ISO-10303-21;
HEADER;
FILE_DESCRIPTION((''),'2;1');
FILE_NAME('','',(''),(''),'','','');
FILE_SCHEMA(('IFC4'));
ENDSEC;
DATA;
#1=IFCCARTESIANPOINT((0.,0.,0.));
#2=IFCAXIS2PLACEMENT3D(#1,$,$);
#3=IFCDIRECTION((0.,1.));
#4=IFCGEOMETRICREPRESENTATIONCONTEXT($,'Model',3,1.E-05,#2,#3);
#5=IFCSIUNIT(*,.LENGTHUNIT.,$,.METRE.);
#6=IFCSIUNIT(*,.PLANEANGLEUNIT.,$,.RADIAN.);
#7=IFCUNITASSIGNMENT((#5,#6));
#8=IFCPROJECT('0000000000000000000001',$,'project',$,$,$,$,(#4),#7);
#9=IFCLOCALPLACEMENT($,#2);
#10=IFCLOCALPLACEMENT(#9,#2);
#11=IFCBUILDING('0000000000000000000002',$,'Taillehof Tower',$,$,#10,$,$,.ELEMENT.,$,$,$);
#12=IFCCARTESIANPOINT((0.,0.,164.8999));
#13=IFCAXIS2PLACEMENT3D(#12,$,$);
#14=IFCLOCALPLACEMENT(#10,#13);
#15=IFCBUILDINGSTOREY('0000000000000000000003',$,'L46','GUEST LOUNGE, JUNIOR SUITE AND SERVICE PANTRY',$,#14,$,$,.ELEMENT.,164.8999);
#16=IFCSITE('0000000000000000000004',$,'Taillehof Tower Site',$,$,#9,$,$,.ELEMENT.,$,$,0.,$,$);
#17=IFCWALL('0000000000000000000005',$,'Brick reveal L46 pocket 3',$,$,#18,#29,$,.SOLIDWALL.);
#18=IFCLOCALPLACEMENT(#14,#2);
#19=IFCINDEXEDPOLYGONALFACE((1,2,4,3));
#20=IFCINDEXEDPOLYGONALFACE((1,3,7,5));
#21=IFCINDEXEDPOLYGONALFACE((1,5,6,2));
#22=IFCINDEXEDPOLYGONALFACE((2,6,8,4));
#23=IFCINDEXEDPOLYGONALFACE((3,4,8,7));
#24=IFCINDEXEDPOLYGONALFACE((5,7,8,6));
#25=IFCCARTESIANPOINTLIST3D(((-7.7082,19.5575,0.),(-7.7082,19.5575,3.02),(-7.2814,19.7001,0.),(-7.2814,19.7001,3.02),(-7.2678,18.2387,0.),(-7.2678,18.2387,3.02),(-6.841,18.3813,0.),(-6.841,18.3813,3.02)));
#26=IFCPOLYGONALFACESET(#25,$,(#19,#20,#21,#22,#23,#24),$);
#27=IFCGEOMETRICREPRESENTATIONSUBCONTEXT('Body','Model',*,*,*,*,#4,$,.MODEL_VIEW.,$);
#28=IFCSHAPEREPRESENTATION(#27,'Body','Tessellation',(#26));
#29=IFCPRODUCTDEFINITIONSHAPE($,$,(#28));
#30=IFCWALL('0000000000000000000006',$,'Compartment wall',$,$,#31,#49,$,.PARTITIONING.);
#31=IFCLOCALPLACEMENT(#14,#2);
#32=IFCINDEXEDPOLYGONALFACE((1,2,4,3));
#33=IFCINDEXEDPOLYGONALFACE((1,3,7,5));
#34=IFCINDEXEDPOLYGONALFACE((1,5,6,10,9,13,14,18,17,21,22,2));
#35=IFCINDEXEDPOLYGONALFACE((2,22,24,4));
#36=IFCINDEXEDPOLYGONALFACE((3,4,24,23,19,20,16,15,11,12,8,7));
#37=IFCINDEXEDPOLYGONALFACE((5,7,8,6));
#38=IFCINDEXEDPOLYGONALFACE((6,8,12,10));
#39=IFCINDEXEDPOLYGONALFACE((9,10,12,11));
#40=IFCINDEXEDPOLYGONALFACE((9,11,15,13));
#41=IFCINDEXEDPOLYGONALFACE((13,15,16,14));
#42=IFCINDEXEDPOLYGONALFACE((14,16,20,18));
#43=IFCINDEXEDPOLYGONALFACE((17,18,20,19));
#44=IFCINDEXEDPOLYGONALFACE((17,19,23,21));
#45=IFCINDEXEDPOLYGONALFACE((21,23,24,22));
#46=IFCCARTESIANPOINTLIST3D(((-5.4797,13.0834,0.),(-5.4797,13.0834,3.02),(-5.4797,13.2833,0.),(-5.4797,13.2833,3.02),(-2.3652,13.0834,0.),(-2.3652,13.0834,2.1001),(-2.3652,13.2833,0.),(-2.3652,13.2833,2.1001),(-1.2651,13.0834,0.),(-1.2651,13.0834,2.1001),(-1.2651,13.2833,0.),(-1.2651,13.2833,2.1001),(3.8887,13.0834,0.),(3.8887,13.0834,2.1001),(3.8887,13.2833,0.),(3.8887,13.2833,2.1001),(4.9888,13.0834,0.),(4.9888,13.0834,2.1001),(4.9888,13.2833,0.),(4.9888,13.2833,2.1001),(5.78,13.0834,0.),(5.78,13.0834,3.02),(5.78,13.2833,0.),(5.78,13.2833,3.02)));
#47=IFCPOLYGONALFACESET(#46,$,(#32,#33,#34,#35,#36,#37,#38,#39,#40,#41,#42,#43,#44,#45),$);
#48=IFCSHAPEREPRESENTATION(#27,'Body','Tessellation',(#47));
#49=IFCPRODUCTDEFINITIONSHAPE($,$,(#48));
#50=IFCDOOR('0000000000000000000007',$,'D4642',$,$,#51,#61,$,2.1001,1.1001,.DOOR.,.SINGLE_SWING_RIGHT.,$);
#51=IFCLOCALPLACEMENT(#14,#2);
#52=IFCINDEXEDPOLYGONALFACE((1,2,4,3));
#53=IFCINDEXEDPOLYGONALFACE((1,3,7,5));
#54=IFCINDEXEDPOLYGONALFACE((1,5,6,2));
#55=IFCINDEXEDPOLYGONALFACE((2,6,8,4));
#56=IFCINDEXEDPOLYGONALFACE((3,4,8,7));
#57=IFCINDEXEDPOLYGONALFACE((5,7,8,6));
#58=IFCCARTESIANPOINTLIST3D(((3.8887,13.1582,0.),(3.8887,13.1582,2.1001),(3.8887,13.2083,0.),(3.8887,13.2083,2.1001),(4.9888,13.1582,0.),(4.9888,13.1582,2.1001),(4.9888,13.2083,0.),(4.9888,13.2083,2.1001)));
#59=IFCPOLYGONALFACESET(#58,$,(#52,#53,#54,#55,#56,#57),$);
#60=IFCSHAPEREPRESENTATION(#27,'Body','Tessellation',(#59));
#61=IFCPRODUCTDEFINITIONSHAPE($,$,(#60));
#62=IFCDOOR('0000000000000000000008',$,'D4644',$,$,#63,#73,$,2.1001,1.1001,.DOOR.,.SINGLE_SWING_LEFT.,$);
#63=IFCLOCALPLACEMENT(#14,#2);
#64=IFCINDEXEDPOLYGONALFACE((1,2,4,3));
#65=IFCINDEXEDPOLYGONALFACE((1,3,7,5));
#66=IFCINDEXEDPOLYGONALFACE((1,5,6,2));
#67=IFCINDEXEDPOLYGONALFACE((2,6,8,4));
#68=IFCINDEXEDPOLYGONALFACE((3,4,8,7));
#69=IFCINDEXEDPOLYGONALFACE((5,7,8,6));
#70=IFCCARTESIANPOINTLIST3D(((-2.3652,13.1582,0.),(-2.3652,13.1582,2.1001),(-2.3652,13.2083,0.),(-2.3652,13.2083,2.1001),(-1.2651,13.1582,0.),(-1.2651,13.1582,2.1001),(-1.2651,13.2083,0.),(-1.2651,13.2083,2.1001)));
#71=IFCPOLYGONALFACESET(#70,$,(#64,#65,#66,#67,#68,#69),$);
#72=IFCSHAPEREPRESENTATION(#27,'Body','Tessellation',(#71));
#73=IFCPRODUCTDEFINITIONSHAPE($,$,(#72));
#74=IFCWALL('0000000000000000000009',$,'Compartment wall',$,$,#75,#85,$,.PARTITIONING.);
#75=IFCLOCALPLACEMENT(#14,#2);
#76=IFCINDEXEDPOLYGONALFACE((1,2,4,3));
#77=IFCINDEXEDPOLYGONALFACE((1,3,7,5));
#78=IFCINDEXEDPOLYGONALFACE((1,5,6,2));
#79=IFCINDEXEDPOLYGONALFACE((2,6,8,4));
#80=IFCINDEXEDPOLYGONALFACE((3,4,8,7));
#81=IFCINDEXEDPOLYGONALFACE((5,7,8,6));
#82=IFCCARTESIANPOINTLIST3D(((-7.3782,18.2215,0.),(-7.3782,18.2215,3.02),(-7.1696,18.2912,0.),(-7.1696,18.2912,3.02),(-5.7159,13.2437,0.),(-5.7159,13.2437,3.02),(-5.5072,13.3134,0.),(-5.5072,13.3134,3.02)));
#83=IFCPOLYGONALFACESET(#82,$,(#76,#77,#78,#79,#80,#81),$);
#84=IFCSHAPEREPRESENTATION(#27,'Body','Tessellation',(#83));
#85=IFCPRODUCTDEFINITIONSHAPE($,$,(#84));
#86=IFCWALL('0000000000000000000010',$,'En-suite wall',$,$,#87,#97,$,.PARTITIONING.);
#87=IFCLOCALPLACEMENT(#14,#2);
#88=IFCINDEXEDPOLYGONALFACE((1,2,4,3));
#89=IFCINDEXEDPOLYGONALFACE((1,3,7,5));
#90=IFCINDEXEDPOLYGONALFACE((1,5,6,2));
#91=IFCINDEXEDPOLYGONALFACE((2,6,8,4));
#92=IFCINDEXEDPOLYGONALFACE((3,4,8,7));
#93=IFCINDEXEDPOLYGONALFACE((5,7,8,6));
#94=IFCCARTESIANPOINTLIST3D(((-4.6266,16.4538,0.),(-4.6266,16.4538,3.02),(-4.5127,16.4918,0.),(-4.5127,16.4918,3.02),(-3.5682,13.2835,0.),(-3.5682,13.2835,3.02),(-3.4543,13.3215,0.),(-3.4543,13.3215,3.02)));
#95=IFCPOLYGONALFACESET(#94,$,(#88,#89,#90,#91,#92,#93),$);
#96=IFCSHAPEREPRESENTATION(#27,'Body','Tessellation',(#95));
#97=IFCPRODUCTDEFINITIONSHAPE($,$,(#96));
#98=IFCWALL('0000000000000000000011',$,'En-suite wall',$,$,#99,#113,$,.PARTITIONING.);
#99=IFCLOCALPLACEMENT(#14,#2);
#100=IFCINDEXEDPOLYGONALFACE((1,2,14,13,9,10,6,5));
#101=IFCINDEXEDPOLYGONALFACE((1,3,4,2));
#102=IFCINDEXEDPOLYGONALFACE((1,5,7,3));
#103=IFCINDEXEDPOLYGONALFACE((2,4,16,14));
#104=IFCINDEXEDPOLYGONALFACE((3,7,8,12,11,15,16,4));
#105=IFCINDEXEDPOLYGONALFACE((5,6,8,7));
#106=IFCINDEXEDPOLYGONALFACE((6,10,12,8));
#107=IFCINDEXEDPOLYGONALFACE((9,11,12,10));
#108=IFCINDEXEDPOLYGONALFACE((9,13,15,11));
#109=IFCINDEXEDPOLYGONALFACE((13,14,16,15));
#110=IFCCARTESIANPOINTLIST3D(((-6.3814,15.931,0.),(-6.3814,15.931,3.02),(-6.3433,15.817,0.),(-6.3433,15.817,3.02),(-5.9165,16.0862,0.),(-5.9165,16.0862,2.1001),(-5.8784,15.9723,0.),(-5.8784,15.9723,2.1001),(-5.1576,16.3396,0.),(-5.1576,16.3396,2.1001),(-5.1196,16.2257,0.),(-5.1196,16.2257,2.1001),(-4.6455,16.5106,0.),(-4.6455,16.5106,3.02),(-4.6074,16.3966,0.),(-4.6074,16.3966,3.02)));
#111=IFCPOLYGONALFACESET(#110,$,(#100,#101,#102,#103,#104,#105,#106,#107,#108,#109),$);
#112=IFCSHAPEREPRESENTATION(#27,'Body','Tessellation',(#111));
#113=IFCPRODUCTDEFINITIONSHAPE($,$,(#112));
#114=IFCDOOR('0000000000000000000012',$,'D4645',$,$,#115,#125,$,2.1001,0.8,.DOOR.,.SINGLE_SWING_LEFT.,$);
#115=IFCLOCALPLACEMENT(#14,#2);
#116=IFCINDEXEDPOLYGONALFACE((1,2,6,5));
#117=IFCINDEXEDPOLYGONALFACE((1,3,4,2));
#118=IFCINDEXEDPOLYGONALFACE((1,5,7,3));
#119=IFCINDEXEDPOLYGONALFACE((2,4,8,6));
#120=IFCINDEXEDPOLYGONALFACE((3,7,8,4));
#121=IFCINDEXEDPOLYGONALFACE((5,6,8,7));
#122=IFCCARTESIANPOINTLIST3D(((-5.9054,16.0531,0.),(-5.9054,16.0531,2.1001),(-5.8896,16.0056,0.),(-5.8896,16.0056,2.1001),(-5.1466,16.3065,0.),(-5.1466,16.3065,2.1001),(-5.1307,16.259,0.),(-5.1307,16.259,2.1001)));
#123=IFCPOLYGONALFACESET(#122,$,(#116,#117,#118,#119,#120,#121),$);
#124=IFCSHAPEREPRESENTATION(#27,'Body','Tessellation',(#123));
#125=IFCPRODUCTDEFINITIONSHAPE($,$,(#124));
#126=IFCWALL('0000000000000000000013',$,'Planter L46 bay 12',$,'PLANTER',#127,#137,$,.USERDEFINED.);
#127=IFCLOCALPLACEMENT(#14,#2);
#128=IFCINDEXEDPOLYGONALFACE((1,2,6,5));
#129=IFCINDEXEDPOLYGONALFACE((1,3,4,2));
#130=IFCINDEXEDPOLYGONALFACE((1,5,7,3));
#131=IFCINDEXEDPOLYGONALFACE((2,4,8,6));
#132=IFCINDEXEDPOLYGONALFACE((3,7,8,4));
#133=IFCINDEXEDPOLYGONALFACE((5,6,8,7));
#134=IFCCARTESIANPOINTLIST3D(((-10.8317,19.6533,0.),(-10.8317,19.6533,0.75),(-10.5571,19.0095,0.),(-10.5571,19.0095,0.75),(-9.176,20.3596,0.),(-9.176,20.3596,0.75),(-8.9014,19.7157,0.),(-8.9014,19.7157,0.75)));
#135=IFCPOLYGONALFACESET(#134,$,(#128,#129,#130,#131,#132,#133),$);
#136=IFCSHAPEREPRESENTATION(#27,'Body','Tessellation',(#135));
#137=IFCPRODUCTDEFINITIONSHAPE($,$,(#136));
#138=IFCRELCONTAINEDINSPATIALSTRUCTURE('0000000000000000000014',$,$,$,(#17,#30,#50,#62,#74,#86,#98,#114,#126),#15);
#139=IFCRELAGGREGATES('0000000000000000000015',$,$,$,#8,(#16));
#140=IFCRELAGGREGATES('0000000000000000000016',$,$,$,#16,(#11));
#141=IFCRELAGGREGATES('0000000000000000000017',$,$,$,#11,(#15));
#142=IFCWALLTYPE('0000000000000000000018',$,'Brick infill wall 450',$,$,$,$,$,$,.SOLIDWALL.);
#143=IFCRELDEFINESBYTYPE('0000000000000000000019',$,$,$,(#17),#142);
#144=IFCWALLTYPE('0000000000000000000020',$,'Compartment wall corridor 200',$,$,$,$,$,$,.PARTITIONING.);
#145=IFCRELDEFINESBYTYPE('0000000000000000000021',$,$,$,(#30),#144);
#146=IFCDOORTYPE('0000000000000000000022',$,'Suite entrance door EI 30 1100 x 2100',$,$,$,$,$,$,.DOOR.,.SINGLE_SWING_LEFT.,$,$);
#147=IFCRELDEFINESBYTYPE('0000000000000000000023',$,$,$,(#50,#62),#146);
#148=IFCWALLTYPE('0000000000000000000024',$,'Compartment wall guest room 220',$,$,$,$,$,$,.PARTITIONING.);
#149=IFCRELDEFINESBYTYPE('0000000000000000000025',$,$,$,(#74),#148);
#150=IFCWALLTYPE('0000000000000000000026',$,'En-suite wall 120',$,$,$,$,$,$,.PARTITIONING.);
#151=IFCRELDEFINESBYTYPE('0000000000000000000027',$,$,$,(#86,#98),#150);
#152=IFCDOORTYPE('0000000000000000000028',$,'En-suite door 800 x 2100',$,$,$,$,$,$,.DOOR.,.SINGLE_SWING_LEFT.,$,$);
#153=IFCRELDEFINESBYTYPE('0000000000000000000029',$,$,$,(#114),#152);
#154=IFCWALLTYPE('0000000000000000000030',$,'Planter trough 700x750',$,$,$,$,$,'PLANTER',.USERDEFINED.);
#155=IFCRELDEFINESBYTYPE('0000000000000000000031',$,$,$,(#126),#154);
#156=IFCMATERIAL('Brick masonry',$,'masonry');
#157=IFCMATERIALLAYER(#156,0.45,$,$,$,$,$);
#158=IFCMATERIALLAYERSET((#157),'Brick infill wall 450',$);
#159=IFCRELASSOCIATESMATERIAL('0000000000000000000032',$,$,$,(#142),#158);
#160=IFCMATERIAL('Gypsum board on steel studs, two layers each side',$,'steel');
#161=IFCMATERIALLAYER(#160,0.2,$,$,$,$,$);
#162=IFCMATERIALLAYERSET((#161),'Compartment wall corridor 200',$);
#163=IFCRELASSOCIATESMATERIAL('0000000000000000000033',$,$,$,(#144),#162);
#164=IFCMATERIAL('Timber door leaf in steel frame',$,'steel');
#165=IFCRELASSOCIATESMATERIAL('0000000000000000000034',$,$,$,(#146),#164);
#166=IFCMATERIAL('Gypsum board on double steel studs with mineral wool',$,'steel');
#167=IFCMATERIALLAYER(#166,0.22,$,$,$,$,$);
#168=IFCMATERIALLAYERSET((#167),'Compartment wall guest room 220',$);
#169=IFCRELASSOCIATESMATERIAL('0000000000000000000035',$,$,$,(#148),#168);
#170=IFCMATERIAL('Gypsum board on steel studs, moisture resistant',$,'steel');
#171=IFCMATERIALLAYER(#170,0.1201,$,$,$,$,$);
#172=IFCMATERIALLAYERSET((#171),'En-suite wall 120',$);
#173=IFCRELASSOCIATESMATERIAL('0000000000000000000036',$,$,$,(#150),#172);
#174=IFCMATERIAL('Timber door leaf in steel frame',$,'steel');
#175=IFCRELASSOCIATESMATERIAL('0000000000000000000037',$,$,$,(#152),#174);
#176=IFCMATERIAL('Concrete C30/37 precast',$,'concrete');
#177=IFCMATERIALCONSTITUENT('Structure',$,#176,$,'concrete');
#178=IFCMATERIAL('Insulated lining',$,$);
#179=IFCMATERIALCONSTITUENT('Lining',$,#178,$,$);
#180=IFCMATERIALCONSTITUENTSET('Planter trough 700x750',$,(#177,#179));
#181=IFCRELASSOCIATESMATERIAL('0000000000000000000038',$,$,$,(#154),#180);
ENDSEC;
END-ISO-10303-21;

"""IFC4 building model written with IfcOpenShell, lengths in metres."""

from ifc_helpers import new_model, si_unit, direction, frame, frame_2d, origin, place, context, subcontext, project, spatial, rectangle, extrude, material, layer, layer_set, constituent, constituent_set, type_object, element, fill, save


model = new_model("IFC4")

# Units and contexts
model_context = context("Model", 3, precision=1e-05, world=origin(), true_north=direction((0.0, 1.0)))
body_context = subcontext(model_context, "Body", "Model", "MODEL_VIEW")
ifc_project = project(units=[si_unit("LENGTHUNIT", "METRE"), si_unit("PLANEANGLEUNIT", "RADIAN")], contexts=[model_context])

# Site, building, storey
site_placement = place(None, origin())
site = spatial("IfcSite", under=ifc_project, at=site_placement, Name="Taillehof Tower Site", CompositionType="ELEMENT", RefElevation=0.0)
building_placement = place(site_placement, origin())
building = spatial("IfcBuilding", under=site, at=building_placement, Name="Taillehof Tower", CompositionType="ELEMENT")
storey_placement = place(building_placement, frame((0.0, 0.0, 164.8999)))
storey = spatial("IfcBuildingStorey", under=building, at=storey_placement, Name="L46", Description="GUEST LOUNGE, JUNIOR SUITE AND SERVICE PANTRY", CompositionType="ELEMENT", Elevation=164.8999)

# Shared definitions
ifc_material_1 = material(Name="Brick masonry", Category="masonry")
ifc_layer_1 = layer(ifc_material_1, 0.45)
ifc_layer_set_1 = layer_set([ifc_layer_1], Name="Brick infill wall 450")
wall_type_1 = type_object("IfcWallType", Name="Brick infill wall 450", PredefinedType="SOLIDWALL", material=ifc_layer_set_1)

# Wall
wall_1_placement = place(storey_placement, frame((-7.4949, 19.6289, 0.0), z_axis=(0.0, 0.0, 1.0), x_axis=(0.316754, -0.948508, 0.0)))
element("IfcWall", 1, at=wall_1_placement, inside=storey, type_object=wall_type_1, Name="Brick reveal L46 pocket 3", PredefinedType="SOLIDWALL", context=body_context, shape_type="SweptSolid", body=[
    extrude(rectangle(XDim=1.3904, YDim=0.45, at=frame_2d((0.6953, 0.0))), origin(), (0.0, 0.0, 1.0), 3.02),
])

# Wall, openings, doors
ifc_material_2 = material(Name="Gypsum board on steel studs, two layers each side", Category="steel")
ifc_layer_2 = layer(ifc_material_2, 0.2)
ifc_layer_set_2 = layer_set([ifc_layer_2], Name="Compartment wall corridor 200")
wall_type_2 = type_object("IfcWallType", Name="Compartment wall corridor 200", PredefinedType="PARTITIONING", material=ifc_layer_set_2)
wall_2_placement = place(storey_placement, frame((-5.4797, 13.1833, 0.0), z_axis=(0.0, 0.0, 1.0), x_axis=(1.0, 0.0, 0.0)))
wall_2 = element("IfcWall", 2, at=wall_2_placement, inside=storey, type_object=wall_type_2, Name="Compartment wall", PredefinedType="PARTITIONING", context=body_context, shape_type="SweptSolid", body=[
    extrude(rectangle(XDim=11.2598, YDim=0.2, at=frame_2d((5.6299, 0.0))), origin(), (0.0, 0.0, 1.0), 3.02),
])
opening_1_placement = place(wall_2_placement, frame((9.3684, 0.0, 0.0)))
opening_1 = element("IfcOpeningElement", 3, at=opening_1_placement, cuts=wall_2, PredefinedType="OPENING", context=body_context, shape_type="SweptSolid", body=[
    extrude(rectangle(XDim=1.1001, YDim=2.1001, at=frame_2d((0.55, 1.05))), frame((0.0, 0.1099, 0.0), z_axis=(0.0, -1.0, 0.0), x_axis=(1.0, 0.0, 0.0)), (0.0, 0.0, 1.0), 0.22),
])
opening_2_placement = place(wall_2_placement, frame((3.1145, 0.0, 0.0)))
opening_2 = element("IfcOpeningElement", 4, at=opening_2_placement, cuts=wall_2, PredefinedType="OPENING", context=body_context, shape_type="SweptSolid", body=[
    extrude(rectangle(XDim=1.1001, YDim=2.1001, at=frame_2d((0.55, 1.05))), frame((0.0, 0.1099, 0.0), z_axis=(0.0, -1.0, 0.0), x_axis=(1.0, 0.0, 0.0)), (0.0, 0.0, 1.0), 0.22),
])
ifc_material_3 = material(Name="Timber door leaf in steel frame", Category="steel")
door_type_1 = type_object("IfcDoorType", Name="Suite entrance door EI 30 1100 x 2100", OperationType="SINGLE_SWING_LEFT", PredefinedType="DOOR", material=ifc_material_3)
door_1_placement = place(opening_1_placement, origin())
door_1 = element("IfcDoor", 5, at=door_1_placement, inside=storey, type_object=door_type_1, Name="D4642", OperationType="SINGLE_SWING_RIGHT", OverallHeight=2.1001, OverallWidth=1.1001, PredefinedType="DOOR", context=body_context, shape_type="SweptSolid", body=[
    extrude(rectangle(XDim=1.1001, YDim=2.1001, at=frame_2d((0.55, 1.05))), frame((0.0, 0.0249, 0.0), z_axis=(0.0, -1.0, 0.0), x_axis=(1.0, 0.0, 0.0)), (0.0, 0.0, 1.0), 0.05),
])
fill(opening_1, door_1)
door_2_placement = place(opening_2_placement, origin())
door_2 = element("IfcDoor", 6, at=door_2_placement, inside=storey, type_object=door_type_1, Name="D4644", OperationType="SINGLE_SWING_LEFT", OverallHeight=2.1001, OverallWidth=1.1001, PredefinedType="DOOR", context=body_context, shape_type="SweptSolid", body=[
    extrude(rectangle(XDim=1.1001, YDim=2.1001, at=frame_2d((0.55, 1.05))), frame((0.0, 0.0249, 0.0), z_axis=(0.0, -1.0, 0.0), x_axis=(1.0, 0.0, 0.0)), (0.0, 0.0, 1.0), 0.05),
])
fill(opening_2, door_2)

# Walls
ifc_material_4 = material(Name="Gypsum board on double steel studs with mineral wool", Category="steel")
ifc_layer_3 = layer(ifc_material_4, 0.22)
ifc_layer_set_3 = layer_set([ifc_layer_3], Name="Compartment wall guest room 220")
wall_type_3 = type_object("IfcWallType", Name="Compartment wall guest room 220", PredefinedType="PARTITIONING", material=ifc_layer_set_3)
wall_3_placement = place(storey_placement, frame((-7.2739, 18.2563, 0.0), z_axis=(0.0, 0.0, 1.0), x_axis=(0.316758, -0.948506, 0.0)))
element("IfcWall", 7, at=wall_3_placement, inside=storey, type_object=wall_type_3, Name="Compartment wall", PredefinedType="PARTITIONING", context=body_context, shape_type="SweptSolid", body=[
    extrude(rectangle(XDim=5.248, YDim=0.22, at=frame_2d((2.624, 0.0))), origin(), (0.0, 0.0, 1.0), 3.02),
])
ifc_material_5 = material(Name="Gypsum board on steel studs, moisture resistant", Category="steel")
ifc_layer_4 = layer(ifc_material_5, 0.1201)
ifc_layer_set_4 = layer_set([ifc_layer_4], Name="En-suite wall 120")
wall_type_4 = type_object("IfcWallType", Name="En-suite wall 120", PredefinedType="PARTITIONING", material=ifc_layer_set_4)
wall_4_placement = place(storey_placement, frame((-3.5112, 13.3025, 0.0), z_axis=(0.0, 0.0, 1.0), x_axis=(-0.316666, 0.948537, 0.0)))
element("IfcWall", 8, at=wall_4_placement, inside=storey, type_object=wall_type_4, Name="En-suite wall", PredefinedType="PARTITIONING", context=body_context, shape_type="SweptSolid", body=[
    extrude(rectangle(XDim=3.3423, YDim=0.1201, at=frame_2d((1.6711, 0.0))), origin(), (0.0, 0.0, 1.0), 3.02),
])

# Wall, opening, door
wall_5_placement = place(storey_placement, frame((-4.6265, 16.4536, 0.0), z_axis=(0.0, 0.0, 1.0), x_axis=(-0.948523, -0.316708, 0.0)))
wall_5 = element("IfcWall", 9, at=wall_5_placement, inside=storey, type_object=wall_type_4, Name="En-suite wall", PredefinedType="PARTITIONING", context=body_context, shape_type="SweptSolid", body=[
    extrude(rectangle(XDim=1.8301, YDim=0.1201, at=frame_2d((0.915, 0.0))), origin(), (0.0, 0.0, 1.0), 3.02),
])
opening_3_placement = place(wall_5_placement, frame((0.54, 0.0, 0.0)))
opening_3 = element("IfcOpeningElement", 10, at=opening_3_placement, cuts=wall_5, PredefinedType="OPENING", context=body_context, shape_type="SweptSolid", body=[
    extrude(rectangle(XDim=0.8, YDim=2.1001, at=frame_2d((0.3999, 1.05))), frame((0.0, 0.0701, 0.0), z_axis=(0.0, -1.0, 0.0), x_axis=(1.0, 0.0, 0.0)), (0.0, 0.0, 1.0), 0.1401),
])
ifc_material_6 = material(Name="Timber door leaf in steel frame", Category="steel")
door_type_2 = type_object("IfcDoorType", Name="En-suite door 800 x 2100", OperationType="SINGLE_SWING_LEFT", PredefinedType="DOOR", material=ifc_material_6)
door_3_placement = place(opening_3_placement, origin())
door_3 = element("IfcDoor", 11, at=door_3_placement, inside=storey, type_object=door_type_2, Name="D4645", OperationType="SINGLE_SWING_LEFT", OverallHeight=2.1001, OverallWidth=0.8, PredefinedType="DOOR", context=body_context, shape_type="SweptSolid", body=[
    extrude(rectangle(XDim=0.8, YDim=2.1001, at=frame_2d((0.3999, 1.05))), frame((0.0, 0.0249, 0.0), z_axis=(0.0, -1.0, 0.0), x_axis=(1.0, 0.0, 0.0)), (0.0, 0.0, 1.0), 0.05),
])
fill(opening_3, door_3)

# Wall
ifc_material_7 = material(Name="Concrete C30/37 precast", Category="concrete")
ifc_constituent_1 = constituent(ifc_material_7, Name="Structure", Category="concrete")
ifc_material_8 = material(Name="Insulated lining")
ifc_constituent_2 = constituent(ifc_material_8, Name="Lining")
ifc_constituent_set = constituent_set(constituents=[ifc_constituent_1, ifc_constituent_2], Name="Planter trough 700x750")
wall_type_5 = type_object("IfcWallType", Name="Planter trough 700x750", ElementType="PLANTER", PredefinedType="USERDEFINED", material=ifc_constituent_set)
wall_6_placement = place(storey_placement, frame((-9.0388, 20.0376, 0.0), z_axis=(0.0, 0.0, 1.0), x_axis=(-0.91981, -0.392364, 0.0)))
element("IfcWall", 12, at=wall_6_placement, inside=storey, type_object=wall_type_5, Name="Planter L46 bay 12", ObjectType="PLANTER", PredefinedType="USERDEFINED", context=body_context, shape_type="SweptSolid", body=[
    extrude(rectangle(XDim=1.8, YDim=0.7, at=frame_2d((0.8999, 0.0))), origin(), (0.0, 0.0, 1.0), 0.75),
])

save(model, "model.ifc")
